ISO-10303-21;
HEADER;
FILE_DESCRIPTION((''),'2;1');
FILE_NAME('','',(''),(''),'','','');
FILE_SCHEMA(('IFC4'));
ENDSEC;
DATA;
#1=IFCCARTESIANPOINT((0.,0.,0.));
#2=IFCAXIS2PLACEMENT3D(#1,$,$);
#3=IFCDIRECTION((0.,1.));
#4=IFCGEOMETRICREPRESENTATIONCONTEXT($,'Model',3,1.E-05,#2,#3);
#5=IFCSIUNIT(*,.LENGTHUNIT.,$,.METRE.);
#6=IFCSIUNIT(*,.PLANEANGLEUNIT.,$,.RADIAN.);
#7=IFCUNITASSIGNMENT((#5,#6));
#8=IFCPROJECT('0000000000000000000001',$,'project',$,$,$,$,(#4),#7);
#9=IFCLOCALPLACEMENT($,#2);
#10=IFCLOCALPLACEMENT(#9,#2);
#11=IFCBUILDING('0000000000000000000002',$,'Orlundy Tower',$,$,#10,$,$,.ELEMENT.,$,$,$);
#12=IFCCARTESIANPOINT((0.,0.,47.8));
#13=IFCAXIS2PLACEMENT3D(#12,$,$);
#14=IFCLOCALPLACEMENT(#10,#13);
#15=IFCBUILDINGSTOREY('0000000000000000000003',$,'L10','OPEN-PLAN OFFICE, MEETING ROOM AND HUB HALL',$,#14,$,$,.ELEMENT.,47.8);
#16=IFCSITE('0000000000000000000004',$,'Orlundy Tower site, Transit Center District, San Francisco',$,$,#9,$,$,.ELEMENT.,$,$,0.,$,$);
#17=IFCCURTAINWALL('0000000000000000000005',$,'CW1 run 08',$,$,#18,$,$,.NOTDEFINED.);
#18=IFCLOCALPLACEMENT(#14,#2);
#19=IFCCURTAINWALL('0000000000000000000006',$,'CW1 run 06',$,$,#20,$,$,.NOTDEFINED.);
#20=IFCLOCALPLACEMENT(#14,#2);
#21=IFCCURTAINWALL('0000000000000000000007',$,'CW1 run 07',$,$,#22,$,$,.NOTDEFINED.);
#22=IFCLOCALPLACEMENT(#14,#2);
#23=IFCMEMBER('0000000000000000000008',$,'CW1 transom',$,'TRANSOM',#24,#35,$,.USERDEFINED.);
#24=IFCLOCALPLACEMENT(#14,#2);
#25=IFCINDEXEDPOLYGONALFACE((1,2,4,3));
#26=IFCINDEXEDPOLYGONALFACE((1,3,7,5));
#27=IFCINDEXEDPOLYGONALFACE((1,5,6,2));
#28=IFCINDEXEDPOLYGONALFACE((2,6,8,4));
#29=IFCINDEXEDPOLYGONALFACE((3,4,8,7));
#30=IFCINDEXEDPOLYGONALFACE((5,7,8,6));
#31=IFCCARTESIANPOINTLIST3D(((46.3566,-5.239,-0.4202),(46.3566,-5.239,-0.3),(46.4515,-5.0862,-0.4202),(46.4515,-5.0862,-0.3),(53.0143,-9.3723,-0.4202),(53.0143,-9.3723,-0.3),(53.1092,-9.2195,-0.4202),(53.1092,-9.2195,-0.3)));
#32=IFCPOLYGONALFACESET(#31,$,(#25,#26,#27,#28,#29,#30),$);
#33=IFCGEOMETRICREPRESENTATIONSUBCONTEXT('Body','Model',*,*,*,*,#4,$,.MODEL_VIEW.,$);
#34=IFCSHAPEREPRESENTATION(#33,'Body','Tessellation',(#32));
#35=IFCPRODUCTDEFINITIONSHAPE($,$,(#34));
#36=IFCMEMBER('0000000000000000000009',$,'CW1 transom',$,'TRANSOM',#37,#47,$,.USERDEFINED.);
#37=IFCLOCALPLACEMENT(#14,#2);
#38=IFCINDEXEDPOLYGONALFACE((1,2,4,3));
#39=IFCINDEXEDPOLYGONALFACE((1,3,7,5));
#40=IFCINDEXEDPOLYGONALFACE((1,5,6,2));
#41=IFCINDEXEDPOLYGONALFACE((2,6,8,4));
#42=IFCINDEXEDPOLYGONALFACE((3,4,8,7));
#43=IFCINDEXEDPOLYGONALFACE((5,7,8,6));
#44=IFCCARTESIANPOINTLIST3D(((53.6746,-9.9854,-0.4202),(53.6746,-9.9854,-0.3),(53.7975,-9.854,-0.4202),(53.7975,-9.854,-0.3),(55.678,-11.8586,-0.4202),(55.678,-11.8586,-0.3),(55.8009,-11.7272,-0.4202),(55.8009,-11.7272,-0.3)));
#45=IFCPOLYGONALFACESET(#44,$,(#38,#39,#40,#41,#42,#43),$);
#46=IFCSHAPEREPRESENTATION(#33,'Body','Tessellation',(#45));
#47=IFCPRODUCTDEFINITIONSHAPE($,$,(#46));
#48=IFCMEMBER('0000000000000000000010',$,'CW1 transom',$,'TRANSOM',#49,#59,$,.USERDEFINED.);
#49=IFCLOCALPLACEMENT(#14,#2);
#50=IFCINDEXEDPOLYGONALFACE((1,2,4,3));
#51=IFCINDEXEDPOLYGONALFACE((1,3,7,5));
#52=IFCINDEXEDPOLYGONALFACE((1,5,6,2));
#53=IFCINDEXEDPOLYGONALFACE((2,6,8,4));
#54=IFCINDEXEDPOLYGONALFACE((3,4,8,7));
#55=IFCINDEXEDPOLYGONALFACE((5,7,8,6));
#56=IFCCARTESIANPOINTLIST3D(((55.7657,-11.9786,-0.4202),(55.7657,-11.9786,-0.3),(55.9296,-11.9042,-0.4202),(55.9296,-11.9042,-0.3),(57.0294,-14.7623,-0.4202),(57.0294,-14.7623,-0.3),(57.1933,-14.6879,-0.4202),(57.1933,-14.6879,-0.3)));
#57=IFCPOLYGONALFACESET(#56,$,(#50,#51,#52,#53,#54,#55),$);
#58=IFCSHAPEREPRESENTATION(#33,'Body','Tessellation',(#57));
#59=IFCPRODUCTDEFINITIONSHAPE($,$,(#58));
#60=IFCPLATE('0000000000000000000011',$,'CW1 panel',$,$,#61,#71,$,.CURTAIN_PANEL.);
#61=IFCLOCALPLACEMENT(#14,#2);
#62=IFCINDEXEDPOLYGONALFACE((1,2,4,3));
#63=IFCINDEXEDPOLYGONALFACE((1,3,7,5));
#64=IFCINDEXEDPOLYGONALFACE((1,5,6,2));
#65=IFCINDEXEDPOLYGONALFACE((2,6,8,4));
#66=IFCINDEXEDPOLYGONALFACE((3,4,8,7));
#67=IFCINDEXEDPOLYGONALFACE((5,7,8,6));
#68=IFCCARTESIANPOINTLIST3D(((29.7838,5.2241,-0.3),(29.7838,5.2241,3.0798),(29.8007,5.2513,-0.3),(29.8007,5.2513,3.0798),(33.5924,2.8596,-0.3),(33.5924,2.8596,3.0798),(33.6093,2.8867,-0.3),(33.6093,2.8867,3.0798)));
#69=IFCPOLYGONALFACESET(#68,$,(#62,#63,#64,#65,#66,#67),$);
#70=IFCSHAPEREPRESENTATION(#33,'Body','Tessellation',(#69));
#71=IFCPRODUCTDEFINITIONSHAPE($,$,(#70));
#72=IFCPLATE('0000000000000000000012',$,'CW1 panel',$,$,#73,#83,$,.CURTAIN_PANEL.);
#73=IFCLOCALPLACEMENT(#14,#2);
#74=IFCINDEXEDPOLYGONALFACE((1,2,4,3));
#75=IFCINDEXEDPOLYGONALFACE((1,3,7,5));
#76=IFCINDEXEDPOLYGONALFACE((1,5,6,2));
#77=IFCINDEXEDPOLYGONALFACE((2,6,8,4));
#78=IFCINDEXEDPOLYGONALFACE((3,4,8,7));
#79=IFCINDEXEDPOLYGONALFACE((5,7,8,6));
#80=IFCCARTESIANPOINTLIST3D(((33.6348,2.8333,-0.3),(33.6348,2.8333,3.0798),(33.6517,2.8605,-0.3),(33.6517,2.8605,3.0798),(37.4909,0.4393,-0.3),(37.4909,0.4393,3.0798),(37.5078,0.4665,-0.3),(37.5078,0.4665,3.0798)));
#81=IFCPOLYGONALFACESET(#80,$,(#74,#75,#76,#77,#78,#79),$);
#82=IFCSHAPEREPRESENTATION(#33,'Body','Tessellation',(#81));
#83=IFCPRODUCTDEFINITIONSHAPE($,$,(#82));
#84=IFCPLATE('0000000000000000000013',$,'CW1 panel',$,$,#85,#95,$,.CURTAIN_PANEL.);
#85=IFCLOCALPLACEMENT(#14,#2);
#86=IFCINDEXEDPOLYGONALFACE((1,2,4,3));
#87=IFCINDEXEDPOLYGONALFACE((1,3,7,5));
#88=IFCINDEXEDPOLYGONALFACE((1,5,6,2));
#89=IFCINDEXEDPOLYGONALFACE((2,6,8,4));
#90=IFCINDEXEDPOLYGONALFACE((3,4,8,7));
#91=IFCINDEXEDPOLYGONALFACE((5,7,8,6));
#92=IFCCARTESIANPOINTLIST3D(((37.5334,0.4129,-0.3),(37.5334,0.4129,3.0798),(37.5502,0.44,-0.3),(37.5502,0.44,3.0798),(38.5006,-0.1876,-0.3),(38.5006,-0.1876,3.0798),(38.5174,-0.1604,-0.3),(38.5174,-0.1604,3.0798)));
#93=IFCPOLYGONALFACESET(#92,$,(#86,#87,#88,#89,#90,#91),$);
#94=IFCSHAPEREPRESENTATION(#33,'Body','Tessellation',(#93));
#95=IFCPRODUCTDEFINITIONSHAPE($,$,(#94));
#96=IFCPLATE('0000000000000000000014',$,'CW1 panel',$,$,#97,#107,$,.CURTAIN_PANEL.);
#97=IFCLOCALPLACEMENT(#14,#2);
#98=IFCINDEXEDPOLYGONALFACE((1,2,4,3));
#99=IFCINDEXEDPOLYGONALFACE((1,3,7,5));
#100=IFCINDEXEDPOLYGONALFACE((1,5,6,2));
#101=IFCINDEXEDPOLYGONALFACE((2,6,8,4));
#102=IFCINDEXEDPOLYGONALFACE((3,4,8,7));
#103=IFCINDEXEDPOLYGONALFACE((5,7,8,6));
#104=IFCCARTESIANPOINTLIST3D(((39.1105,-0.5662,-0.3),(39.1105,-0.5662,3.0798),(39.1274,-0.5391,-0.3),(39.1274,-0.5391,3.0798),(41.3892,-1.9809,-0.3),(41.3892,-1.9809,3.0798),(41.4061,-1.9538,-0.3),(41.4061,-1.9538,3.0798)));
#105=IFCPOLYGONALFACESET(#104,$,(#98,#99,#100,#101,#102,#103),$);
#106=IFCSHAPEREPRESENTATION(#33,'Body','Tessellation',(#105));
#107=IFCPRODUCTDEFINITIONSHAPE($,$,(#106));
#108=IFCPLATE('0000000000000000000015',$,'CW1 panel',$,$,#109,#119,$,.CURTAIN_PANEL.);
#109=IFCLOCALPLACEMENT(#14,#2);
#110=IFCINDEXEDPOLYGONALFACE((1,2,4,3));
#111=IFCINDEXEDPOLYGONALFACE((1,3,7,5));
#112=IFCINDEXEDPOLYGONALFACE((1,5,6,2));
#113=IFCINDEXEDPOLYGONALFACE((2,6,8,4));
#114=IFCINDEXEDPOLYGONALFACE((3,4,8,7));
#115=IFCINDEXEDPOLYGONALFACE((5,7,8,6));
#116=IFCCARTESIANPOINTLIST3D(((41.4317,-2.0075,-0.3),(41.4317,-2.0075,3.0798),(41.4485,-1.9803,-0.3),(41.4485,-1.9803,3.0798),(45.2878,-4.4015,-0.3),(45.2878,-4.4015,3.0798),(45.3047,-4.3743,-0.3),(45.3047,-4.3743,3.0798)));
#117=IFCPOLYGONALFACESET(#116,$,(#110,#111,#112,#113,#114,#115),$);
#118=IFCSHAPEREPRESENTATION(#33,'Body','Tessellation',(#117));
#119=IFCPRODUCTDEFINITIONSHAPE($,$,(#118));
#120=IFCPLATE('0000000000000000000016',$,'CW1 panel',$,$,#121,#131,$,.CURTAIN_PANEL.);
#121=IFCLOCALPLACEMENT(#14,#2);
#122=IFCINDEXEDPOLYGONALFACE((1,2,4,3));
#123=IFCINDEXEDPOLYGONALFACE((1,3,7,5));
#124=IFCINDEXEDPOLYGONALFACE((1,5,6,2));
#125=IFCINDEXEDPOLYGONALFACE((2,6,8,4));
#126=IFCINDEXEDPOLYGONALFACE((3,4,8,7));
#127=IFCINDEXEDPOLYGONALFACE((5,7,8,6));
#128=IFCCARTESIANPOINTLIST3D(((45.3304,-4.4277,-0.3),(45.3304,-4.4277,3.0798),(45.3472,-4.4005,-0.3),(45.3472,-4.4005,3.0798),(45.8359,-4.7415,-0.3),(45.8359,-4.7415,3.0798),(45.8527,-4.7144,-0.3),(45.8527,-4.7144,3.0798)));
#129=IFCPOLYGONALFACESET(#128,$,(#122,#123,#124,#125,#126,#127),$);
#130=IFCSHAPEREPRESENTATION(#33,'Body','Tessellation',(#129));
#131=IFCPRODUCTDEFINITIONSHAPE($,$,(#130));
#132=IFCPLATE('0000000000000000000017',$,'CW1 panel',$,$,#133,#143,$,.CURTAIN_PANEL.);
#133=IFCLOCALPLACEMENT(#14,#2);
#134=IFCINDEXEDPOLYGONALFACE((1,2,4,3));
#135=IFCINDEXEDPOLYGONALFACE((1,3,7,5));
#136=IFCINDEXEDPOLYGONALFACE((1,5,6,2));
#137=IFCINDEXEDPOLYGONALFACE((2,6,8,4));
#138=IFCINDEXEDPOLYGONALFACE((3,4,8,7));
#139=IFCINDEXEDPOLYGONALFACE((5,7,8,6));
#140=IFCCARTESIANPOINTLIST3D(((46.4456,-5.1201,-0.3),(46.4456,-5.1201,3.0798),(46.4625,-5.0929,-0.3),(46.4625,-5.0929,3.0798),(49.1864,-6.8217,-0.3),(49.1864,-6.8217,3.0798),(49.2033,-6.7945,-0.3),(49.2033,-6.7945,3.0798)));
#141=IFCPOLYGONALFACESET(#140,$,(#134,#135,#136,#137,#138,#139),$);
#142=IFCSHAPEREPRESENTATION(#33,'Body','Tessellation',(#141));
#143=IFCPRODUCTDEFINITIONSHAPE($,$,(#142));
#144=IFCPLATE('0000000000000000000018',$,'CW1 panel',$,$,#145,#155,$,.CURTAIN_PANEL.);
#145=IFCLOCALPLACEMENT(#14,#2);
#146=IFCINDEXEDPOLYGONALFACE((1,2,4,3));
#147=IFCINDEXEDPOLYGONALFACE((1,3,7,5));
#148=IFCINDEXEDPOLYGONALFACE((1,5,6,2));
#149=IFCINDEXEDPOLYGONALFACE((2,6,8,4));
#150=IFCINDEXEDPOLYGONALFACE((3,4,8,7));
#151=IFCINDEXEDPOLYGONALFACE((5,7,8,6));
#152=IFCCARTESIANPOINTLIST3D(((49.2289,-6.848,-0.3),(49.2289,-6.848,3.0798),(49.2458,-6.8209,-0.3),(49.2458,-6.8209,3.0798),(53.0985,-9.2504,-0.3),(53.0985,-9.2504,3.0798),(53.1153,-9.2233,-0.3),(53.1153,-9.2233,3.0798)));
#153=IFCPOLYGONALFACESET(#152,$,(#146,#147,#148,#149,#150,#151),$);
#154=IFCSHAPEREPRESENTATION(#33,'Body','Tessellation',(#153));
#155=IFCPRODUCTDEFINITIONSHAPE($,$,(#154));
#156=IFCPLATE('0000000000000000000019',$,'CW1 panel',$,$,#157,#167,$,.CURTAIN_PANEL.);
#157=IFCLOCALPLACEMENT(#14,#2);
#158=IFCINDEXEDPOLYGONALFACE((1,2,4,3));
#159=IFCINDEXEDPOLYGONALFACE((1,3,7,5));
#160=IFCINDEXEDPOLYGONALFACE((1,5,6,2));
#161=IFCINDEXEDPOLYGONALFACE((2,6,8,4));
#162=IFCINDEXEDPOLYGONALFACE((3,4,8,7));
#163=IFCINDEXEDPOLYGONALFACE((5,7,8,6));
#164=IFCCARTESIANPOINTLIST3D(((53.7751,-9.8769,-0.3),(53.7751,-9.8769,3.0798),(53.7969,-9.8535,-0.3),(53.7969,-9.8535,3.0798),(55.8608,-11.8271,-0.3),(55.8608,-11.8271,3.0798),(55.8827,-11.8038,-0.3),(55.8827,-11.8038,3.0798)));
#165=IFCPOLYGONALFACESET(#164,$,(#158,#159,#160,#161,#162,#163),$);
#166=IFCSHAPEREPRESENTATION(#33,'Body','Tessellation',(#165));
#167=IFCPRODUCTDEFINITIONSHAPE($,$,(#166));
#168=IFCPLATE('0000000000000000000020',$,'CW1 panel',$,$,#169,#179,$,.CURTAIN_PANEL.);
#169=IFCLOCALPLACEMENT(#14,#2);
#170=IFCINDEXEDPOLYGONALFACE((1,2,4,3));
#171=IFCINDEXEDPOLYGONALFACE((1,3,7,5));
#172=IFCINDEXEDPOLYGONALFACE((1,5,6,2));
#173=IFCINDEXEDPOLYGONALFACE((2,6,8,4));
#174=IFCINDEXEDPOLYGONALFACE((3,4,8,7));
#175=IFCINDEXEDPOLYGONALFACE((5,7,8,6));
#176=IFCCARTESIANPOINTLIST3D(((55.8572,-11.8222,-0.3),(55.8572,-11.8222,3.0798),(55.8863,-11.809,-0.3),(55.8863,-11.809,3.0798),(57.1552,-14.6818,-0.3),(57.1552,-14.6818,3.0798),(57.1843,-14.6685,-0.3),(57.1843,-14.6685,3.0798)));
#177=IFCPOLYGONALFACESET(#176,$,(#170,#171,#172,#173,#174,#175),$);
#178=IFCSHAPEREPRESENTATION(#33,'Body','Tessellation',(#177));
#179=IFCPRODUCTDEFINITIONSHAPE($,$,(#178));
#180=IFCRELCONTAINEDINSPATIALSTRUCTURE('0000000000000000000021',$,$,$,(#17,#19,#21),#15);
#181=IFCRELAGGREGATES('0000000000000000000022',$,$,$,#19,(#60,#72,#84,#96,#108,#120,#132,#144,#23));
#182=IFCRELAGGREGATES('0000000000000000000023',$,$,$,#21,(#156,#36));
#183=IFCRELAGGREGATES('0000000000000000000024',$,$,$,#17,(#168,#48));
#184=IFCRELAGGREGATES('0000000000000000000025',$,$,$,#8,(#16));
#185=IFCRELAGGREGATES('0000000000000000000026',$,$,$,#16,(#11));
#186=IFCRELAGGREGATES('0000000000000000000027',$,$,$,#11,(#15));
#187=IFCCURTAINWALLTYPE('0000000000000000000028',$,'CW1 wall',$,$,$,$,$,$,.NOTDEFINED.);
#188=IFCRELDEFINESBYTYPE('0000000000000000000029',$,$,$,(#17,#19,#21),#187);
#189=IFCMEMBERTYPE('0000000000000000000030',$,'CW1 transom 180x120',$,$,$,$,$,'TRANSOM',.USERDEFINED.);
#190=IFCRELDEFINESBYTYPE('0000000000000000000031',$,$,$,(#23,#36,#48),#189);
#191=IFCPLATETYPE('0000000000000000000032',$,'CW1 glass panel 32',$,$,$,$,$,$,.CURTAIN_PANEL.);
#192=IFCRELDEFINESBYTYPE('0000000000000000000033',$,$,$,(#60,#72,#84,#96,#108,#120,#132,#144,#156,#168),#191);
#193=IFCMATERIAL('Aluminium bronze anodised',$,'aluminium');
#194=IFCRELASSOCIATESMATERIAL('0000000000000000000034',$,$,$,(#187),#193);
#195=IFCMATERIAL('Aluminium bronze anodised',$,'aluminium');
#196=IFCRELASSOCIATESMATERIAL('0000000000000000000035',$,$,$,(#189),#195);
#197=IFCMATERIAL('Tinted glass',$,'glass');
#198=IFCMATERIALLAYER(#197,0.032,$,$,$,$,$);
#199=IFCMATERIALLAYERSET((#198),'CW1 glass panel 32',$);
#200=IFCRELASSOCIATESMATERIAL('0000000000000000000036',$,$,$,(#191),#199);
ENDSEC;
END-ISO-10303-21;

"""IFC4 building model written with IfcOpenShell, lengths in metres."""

from ifc_helpers import new_model, si_unit, direction, frame, origin, origin_2d, place, context, subcontext, project, spatial, rectangle, extrude, material, layer, layer_set, material_profile, profile_set, type_object, element, aggregate, save


model = new_model("IFC4")

# Units and contexts
model_context = context("Model", 3, precision=1e-05, world=origin(), true_north=direction((0.0, 1.0)))
body_context = subcontext(model_context, "Body", "Model", "MODEL_VIEW")
ifc_project = project(units=[si_unit("LENGTHUNIT", "METRE"), si_unit("PLANEANGLEUNIT", "RADIAN")], contexts=[model_context])

# Site, building, storey
site_placement = place(None, origin())
site = spatial("IfcSite", under=ifc_project, at=site_placement, Name="Orlundy Tower site, Transit Center District, San Francisco", CompositionType="ELEMENT", RefElevation=0.0)
building_placement = place(site_placement, origin())
building = spatial("IfcBuilding", under=site, at=building_placement, Name="Orlundy Tower", CompositionType="ELEMENT")
storey_placement = place(building_placement, frame((0.0, 0.0, 47.8)))
storey = spatial("IfcBuildingStorey", under=building, at=storey_placement, Name="L10", Description="OPEN-PLAN OFFICE, MEETING ROOM AND HUB HALL", CompositionType="ELEMENT", Elevation=47.8)

# Curtain wall
ifc_material_1 = material(Name="Aluminium bronze anodised", Category="aluminium")
curtain_wall_type = type_object("IfcCurtainWallType", Name="CW1 wall", PredefinedType="NOTDEFINED", material=ifc_material_1)
curtain_wall_1_placement = place(storey_placement, origin())
curtain_wall_1 = element("IfcCurtainWall", 1, at=curtain_wall_1_placement, inside=storey, type_object=curtain_wall_type, Name="CW1 run 08", PredefinedType="NOTDEFINED")

# Curtain wall
curtain_wall_2_placement = place(storey_placement, origin())
curtain_wall_2 = element("IfcCurtainWall", 2, at=curtain_wall_2_placement, inside=storey, type_object=curtain_wall_type, Name="CW1 run 06", PredefinedType="NOTDEFINED")

# Curtain wall
curtain_wall_3_placement = place(storey_placement, origin())
curtain_wall_3 = element("IfcCurtainWall", 3, at=curtain_wall_3_placement, inside=storey, type_object=curtain_wall_type, Name="CW1 run 07", PredefinedType="NOTDEFINED")

# Members
ifc_material_2 = material(Name="Aluminium bronze anodised", Category="aluminium")
ifc_material_profile_1 = material_profile(ifc_material_2, rectangle(XDim=0.1799, YDim=0.1201, at=origin_2d()), Name="CW1 transom 180x120")
ifc_profile_set_1 = profile_set([ifc_material_profile_1], Name="Aluminium bronze anodised")
member_type_1 = type_object("IfcMemberType", Name="CW1 transom 180x120", ElementType="TRANSOM", PredefinedType="USERDEFINED", material=ifc_profile_set_1)
member_1_placement = place(storey_placement, frame((46.4041, -5.1626, -0.3601), z_axis=(0.849587, -0.527448, 0.0), x_axis=(0.527448, 0.849587, 0.0)))
member_1 = element("IfcMember", 4, at=member_1_placement, type_object=member_type_1, Name="CW1 transom", ObjectType="TRANSOM", PredefinedType="USERDEFINED", context=body_context, shape_type="SweptSolid", body=[
    extrude(rectangle(XDim=0.1799, YDim=0.1201, at=origin_2d()), origin(), (0.0, 0.0, 1.0), 7.8364),
])
member_2_placement = place(storey_placement, frame((53.7361, -9.9197, -0.3601), z_axis=(0.73043, -0.682987, 0.0), x_axis=(0.682987, 0.73043, 0.0)))
member_2 = element("IfcMember", 5, at=member_2_placement, type_object=member_type_1, Name="CW1 transom", ObjectType="TRANSOM", PredefinedType="USERDEFINED", context=body_context, shape_type="SweptSolid", body=[
    extrude(rectangle(XDim=0.1799, YDim=0.1201, at=origin_2d()), origin(), (0.0, 0.0, 1.0), 2.7427),
])
member_3_placement = place(storey_placement, frame((55.8477, -11.9414, -0.3601), z_axis=(0.413358, -0.910569, 0.0), x_axis=(0.910569, 0.413358, 0.0)))
member_3 = element("IfcMember", 6, at=member_3_placement, type_object=member_type_1, Name="CW1 transom", ObjectType="TRANSOM", PredefinedType="USERDEFINED", context=body_context, shape_type="SweptSolid", body=[
    extrude(rectangle(XDim=0.1799, YDim=0.1201, at=origin_2d()), origin(), (0.0, 0.0, 1.0), 3.0571),
])

# Plates
ifc_material_3 = material(Name="Tinted glass", Category="glass")
ifc_layer = layer(ifc_material_3, 0.032)
ifc_layer_set = layer_set([ifc_layer], Name="CW1 glass panel 32")
plate_type = type_object("IfcPlateType", Name="CW1 glass panel 32", PredefinedType="CURTAIN_PANEL", material=ifc_layer_set)
plate_1_placement = place(storey_placement, frame((31.6965, 4.0554, -0.3), z_axis=(0.0, 0.0, 1.0), x_axis=(0.849584, -0.527453, 0.0)))
plate_1 = element("IfcPlate", 7, at=plate_1_placement, type_object=plate_type, Name="CW1 panel", PredefinedType="CURTAIN_PANEL", context=body_context, shape_type="SweptSolid", body=[
    extrude(rectangle(XDim=4.4829, YDim=0.032, at=origin_2d()), origin(), (0.0, 0.0, 1.0), 3.3799),
])
plate_2_placement = place(storey_placement, frame((35.5713, 1.6499, -0.3), z_axis=(0.0, 0.0, 1.0), x_axis=(0.849584, -0.527453, 0.0)))
plate_2 = element("IfcPlate", 8, at=plate_2_placement, type_object=plate_type, Name="CW1 panel", PredefinedType="CURTAIN_PANEL", context=body_context, shape_type="SweptSolid", body=[
    extrude(rectangle(XDim=4.5388, YDim=0.032, at=origin_2d()), origin(), (0.0, 0.0, 1.0), 3.3799),
])
plate_3_placement = place(storey_placement, frame((38.0254, 0.1262, -0.3), z_axis=(0.0, 0.0, 1.0), x_axis=(0.849584, -0.527453, 0.0)))
plate_3 = element("IfcPlate", 9, at=plate_3_placement, type_object=plate_type, Name="CW1 panel", PredefinedType="CURTAIN_PANEL", context=body_context, shape_type="SweptSolid", body=[
    extrude(rectangle(XDim=1.1384, YDim=0.032, at=origin_2d()), origin(), (0.0, 0.0, 1.0), 3.3799),
])
plate_4_placement = place(storey_placement, frame((40.2583, -1.26, -0.3), z_axis=(0.0, 0.0, 1.0), x_axis=(0.849584, -0.527453, 0.0)))
plate_4 = element("IfcPlate", 10, at=plate_4_placement, type_object=plate_type, Name="CW1 panel", PredefinedType="CURTAIN_PANEL", context=body_context, shape_type="SweptSolid", body=[
    extrude(rectangle(XDim=2.6821, YDim=0.032, at=origin_2d()), origin(), (0.0, 0.0, 1.0), 3.3799),
])
plate_5_placement = place(storey_placement, frame((43.3682, -3.1909, -0.3), z_axis=(0.0, 0.0, 1.0), x_axis=(0.849584, -0.527453, 0.0)))
plate_5 = element("IfcPlate", 11, at=plate_5_placement, type_object=plate_type, Name="CW1 panel", PredefinedType="CURTAIN_PANEL", context=body_context, shape_type="SweptSolid", body=[
    extrude(rectangle(XDim=4.5388, YDim=0.032, at=origin_2d()), origin(), (0.0, 0.0, 1.0), 3.3799),
])
plate_6_placement = place(storey_placement, frame((45.5916, -4.571, -0.3), z_axis=(0.0, 0.0, 1.0), x_axis=(0.849584, -0.527453, 0.0)))
plate_6 = element("IfcPlate", 12, at=plate_6_placement, type_object=plate_type, Name="CW1 panel", PredefinedType="CURTAIN_PANEL", context=body_context, shape_type="SweptSolid", body=[
    extrude(rectangle(XDim=0.595, YDim=0.032, at=origin_2d()), origin(), (0.0, 0.0, 1.0), 3.3799),
])
plate_7_placement = place(storey_placement, frame((47.8245, -5.9573, -0.3), z_axis=(0.0, 0.0, 1.0), x_axis=(0.849584, -0.527453, 0.0)))
plate_7 = element("IfcPlate", 13, at=plate_7_placement, type_object=plate_type, Name="CW1 panel", PredefinedType="CURTAIN_PANEL", context=body_context, shape_type="SweptSolid", body=[
    extrude(rectangle(XDim=3.2261, YDim=0.032, at=origin_2d()), origin(), (0.0, 0.0, 1.0), 3.3799),
])
plate_8_placement = place(storey_placement, frame((51.1721, -8.0356, -0.3), z_axis=(0.0, 0.0, 1.0), x_axis=(0.849584, -0.527453, 0.0)))
plate_8 = element("IfcPlate", 14, at=plate_8_placement, type_object=plate_type, Name="CW1 panel", PredefinedType="CURTAIN_PANEL", context=body_context, shape_type="SweptSolid", body=[
    extrude(rectangle(XDim=4.5547, YDim=0.032, at=origin_2d()), origin(), (0.0, 0.0, 1.0), 3.3799),
])
aggregate(curtain_wall_2, [plate_1, plate_2, plate_3, plate_4, plate_5, plate_6, plate_7, plate_8, member_1])
plate_9_placement = place(storey_placement, frame((54.8289, -10.8403, -0.3), z_axis=(0.0, 0.0, 1.0), x_axis=(0.730445, -0.682971, 0.0)))
plate_9 = element("IfcPlate", 15, at=plate_9_placement, type_object=plate_type, Name="CW1 panel", PredefinedType="CURTAIN_PANEL", context=body_context, shape_type="SweptSolid", body=[
    extrude(rectangle(XDim=2.8555, YDim=0.032, at=origin_2d()), origin(), (0.0, 0.0, 1.0), 3.3799),
])
aggregate(curtain_wall_3, [plate_9, member_2])
plate_10_placement = place(storey_placement, frame((56.5208, -13.2454, -0.3), z_axis=(0.0, 0.0, 1.0), x_axis=(0.413335, -0.910579, 0.0)))
plate_10 = element("IfcPlate", 16, at=plate_10_placement, type_object=plate_type, Name="CW1 panel", PredefinedType="CURTAIN_PANEL", context=body_context, shape_type="SweptSolid", body=[
    extrude(rectangle(XDim=3.1404, YDim=0.032, at=origin_2d()), origin(), (0.0, 0.0, 1.0), 3.3799),
])
aggregate(curtain_wall_1, [plate_10, member_3])

save(model, "model.ifc")
